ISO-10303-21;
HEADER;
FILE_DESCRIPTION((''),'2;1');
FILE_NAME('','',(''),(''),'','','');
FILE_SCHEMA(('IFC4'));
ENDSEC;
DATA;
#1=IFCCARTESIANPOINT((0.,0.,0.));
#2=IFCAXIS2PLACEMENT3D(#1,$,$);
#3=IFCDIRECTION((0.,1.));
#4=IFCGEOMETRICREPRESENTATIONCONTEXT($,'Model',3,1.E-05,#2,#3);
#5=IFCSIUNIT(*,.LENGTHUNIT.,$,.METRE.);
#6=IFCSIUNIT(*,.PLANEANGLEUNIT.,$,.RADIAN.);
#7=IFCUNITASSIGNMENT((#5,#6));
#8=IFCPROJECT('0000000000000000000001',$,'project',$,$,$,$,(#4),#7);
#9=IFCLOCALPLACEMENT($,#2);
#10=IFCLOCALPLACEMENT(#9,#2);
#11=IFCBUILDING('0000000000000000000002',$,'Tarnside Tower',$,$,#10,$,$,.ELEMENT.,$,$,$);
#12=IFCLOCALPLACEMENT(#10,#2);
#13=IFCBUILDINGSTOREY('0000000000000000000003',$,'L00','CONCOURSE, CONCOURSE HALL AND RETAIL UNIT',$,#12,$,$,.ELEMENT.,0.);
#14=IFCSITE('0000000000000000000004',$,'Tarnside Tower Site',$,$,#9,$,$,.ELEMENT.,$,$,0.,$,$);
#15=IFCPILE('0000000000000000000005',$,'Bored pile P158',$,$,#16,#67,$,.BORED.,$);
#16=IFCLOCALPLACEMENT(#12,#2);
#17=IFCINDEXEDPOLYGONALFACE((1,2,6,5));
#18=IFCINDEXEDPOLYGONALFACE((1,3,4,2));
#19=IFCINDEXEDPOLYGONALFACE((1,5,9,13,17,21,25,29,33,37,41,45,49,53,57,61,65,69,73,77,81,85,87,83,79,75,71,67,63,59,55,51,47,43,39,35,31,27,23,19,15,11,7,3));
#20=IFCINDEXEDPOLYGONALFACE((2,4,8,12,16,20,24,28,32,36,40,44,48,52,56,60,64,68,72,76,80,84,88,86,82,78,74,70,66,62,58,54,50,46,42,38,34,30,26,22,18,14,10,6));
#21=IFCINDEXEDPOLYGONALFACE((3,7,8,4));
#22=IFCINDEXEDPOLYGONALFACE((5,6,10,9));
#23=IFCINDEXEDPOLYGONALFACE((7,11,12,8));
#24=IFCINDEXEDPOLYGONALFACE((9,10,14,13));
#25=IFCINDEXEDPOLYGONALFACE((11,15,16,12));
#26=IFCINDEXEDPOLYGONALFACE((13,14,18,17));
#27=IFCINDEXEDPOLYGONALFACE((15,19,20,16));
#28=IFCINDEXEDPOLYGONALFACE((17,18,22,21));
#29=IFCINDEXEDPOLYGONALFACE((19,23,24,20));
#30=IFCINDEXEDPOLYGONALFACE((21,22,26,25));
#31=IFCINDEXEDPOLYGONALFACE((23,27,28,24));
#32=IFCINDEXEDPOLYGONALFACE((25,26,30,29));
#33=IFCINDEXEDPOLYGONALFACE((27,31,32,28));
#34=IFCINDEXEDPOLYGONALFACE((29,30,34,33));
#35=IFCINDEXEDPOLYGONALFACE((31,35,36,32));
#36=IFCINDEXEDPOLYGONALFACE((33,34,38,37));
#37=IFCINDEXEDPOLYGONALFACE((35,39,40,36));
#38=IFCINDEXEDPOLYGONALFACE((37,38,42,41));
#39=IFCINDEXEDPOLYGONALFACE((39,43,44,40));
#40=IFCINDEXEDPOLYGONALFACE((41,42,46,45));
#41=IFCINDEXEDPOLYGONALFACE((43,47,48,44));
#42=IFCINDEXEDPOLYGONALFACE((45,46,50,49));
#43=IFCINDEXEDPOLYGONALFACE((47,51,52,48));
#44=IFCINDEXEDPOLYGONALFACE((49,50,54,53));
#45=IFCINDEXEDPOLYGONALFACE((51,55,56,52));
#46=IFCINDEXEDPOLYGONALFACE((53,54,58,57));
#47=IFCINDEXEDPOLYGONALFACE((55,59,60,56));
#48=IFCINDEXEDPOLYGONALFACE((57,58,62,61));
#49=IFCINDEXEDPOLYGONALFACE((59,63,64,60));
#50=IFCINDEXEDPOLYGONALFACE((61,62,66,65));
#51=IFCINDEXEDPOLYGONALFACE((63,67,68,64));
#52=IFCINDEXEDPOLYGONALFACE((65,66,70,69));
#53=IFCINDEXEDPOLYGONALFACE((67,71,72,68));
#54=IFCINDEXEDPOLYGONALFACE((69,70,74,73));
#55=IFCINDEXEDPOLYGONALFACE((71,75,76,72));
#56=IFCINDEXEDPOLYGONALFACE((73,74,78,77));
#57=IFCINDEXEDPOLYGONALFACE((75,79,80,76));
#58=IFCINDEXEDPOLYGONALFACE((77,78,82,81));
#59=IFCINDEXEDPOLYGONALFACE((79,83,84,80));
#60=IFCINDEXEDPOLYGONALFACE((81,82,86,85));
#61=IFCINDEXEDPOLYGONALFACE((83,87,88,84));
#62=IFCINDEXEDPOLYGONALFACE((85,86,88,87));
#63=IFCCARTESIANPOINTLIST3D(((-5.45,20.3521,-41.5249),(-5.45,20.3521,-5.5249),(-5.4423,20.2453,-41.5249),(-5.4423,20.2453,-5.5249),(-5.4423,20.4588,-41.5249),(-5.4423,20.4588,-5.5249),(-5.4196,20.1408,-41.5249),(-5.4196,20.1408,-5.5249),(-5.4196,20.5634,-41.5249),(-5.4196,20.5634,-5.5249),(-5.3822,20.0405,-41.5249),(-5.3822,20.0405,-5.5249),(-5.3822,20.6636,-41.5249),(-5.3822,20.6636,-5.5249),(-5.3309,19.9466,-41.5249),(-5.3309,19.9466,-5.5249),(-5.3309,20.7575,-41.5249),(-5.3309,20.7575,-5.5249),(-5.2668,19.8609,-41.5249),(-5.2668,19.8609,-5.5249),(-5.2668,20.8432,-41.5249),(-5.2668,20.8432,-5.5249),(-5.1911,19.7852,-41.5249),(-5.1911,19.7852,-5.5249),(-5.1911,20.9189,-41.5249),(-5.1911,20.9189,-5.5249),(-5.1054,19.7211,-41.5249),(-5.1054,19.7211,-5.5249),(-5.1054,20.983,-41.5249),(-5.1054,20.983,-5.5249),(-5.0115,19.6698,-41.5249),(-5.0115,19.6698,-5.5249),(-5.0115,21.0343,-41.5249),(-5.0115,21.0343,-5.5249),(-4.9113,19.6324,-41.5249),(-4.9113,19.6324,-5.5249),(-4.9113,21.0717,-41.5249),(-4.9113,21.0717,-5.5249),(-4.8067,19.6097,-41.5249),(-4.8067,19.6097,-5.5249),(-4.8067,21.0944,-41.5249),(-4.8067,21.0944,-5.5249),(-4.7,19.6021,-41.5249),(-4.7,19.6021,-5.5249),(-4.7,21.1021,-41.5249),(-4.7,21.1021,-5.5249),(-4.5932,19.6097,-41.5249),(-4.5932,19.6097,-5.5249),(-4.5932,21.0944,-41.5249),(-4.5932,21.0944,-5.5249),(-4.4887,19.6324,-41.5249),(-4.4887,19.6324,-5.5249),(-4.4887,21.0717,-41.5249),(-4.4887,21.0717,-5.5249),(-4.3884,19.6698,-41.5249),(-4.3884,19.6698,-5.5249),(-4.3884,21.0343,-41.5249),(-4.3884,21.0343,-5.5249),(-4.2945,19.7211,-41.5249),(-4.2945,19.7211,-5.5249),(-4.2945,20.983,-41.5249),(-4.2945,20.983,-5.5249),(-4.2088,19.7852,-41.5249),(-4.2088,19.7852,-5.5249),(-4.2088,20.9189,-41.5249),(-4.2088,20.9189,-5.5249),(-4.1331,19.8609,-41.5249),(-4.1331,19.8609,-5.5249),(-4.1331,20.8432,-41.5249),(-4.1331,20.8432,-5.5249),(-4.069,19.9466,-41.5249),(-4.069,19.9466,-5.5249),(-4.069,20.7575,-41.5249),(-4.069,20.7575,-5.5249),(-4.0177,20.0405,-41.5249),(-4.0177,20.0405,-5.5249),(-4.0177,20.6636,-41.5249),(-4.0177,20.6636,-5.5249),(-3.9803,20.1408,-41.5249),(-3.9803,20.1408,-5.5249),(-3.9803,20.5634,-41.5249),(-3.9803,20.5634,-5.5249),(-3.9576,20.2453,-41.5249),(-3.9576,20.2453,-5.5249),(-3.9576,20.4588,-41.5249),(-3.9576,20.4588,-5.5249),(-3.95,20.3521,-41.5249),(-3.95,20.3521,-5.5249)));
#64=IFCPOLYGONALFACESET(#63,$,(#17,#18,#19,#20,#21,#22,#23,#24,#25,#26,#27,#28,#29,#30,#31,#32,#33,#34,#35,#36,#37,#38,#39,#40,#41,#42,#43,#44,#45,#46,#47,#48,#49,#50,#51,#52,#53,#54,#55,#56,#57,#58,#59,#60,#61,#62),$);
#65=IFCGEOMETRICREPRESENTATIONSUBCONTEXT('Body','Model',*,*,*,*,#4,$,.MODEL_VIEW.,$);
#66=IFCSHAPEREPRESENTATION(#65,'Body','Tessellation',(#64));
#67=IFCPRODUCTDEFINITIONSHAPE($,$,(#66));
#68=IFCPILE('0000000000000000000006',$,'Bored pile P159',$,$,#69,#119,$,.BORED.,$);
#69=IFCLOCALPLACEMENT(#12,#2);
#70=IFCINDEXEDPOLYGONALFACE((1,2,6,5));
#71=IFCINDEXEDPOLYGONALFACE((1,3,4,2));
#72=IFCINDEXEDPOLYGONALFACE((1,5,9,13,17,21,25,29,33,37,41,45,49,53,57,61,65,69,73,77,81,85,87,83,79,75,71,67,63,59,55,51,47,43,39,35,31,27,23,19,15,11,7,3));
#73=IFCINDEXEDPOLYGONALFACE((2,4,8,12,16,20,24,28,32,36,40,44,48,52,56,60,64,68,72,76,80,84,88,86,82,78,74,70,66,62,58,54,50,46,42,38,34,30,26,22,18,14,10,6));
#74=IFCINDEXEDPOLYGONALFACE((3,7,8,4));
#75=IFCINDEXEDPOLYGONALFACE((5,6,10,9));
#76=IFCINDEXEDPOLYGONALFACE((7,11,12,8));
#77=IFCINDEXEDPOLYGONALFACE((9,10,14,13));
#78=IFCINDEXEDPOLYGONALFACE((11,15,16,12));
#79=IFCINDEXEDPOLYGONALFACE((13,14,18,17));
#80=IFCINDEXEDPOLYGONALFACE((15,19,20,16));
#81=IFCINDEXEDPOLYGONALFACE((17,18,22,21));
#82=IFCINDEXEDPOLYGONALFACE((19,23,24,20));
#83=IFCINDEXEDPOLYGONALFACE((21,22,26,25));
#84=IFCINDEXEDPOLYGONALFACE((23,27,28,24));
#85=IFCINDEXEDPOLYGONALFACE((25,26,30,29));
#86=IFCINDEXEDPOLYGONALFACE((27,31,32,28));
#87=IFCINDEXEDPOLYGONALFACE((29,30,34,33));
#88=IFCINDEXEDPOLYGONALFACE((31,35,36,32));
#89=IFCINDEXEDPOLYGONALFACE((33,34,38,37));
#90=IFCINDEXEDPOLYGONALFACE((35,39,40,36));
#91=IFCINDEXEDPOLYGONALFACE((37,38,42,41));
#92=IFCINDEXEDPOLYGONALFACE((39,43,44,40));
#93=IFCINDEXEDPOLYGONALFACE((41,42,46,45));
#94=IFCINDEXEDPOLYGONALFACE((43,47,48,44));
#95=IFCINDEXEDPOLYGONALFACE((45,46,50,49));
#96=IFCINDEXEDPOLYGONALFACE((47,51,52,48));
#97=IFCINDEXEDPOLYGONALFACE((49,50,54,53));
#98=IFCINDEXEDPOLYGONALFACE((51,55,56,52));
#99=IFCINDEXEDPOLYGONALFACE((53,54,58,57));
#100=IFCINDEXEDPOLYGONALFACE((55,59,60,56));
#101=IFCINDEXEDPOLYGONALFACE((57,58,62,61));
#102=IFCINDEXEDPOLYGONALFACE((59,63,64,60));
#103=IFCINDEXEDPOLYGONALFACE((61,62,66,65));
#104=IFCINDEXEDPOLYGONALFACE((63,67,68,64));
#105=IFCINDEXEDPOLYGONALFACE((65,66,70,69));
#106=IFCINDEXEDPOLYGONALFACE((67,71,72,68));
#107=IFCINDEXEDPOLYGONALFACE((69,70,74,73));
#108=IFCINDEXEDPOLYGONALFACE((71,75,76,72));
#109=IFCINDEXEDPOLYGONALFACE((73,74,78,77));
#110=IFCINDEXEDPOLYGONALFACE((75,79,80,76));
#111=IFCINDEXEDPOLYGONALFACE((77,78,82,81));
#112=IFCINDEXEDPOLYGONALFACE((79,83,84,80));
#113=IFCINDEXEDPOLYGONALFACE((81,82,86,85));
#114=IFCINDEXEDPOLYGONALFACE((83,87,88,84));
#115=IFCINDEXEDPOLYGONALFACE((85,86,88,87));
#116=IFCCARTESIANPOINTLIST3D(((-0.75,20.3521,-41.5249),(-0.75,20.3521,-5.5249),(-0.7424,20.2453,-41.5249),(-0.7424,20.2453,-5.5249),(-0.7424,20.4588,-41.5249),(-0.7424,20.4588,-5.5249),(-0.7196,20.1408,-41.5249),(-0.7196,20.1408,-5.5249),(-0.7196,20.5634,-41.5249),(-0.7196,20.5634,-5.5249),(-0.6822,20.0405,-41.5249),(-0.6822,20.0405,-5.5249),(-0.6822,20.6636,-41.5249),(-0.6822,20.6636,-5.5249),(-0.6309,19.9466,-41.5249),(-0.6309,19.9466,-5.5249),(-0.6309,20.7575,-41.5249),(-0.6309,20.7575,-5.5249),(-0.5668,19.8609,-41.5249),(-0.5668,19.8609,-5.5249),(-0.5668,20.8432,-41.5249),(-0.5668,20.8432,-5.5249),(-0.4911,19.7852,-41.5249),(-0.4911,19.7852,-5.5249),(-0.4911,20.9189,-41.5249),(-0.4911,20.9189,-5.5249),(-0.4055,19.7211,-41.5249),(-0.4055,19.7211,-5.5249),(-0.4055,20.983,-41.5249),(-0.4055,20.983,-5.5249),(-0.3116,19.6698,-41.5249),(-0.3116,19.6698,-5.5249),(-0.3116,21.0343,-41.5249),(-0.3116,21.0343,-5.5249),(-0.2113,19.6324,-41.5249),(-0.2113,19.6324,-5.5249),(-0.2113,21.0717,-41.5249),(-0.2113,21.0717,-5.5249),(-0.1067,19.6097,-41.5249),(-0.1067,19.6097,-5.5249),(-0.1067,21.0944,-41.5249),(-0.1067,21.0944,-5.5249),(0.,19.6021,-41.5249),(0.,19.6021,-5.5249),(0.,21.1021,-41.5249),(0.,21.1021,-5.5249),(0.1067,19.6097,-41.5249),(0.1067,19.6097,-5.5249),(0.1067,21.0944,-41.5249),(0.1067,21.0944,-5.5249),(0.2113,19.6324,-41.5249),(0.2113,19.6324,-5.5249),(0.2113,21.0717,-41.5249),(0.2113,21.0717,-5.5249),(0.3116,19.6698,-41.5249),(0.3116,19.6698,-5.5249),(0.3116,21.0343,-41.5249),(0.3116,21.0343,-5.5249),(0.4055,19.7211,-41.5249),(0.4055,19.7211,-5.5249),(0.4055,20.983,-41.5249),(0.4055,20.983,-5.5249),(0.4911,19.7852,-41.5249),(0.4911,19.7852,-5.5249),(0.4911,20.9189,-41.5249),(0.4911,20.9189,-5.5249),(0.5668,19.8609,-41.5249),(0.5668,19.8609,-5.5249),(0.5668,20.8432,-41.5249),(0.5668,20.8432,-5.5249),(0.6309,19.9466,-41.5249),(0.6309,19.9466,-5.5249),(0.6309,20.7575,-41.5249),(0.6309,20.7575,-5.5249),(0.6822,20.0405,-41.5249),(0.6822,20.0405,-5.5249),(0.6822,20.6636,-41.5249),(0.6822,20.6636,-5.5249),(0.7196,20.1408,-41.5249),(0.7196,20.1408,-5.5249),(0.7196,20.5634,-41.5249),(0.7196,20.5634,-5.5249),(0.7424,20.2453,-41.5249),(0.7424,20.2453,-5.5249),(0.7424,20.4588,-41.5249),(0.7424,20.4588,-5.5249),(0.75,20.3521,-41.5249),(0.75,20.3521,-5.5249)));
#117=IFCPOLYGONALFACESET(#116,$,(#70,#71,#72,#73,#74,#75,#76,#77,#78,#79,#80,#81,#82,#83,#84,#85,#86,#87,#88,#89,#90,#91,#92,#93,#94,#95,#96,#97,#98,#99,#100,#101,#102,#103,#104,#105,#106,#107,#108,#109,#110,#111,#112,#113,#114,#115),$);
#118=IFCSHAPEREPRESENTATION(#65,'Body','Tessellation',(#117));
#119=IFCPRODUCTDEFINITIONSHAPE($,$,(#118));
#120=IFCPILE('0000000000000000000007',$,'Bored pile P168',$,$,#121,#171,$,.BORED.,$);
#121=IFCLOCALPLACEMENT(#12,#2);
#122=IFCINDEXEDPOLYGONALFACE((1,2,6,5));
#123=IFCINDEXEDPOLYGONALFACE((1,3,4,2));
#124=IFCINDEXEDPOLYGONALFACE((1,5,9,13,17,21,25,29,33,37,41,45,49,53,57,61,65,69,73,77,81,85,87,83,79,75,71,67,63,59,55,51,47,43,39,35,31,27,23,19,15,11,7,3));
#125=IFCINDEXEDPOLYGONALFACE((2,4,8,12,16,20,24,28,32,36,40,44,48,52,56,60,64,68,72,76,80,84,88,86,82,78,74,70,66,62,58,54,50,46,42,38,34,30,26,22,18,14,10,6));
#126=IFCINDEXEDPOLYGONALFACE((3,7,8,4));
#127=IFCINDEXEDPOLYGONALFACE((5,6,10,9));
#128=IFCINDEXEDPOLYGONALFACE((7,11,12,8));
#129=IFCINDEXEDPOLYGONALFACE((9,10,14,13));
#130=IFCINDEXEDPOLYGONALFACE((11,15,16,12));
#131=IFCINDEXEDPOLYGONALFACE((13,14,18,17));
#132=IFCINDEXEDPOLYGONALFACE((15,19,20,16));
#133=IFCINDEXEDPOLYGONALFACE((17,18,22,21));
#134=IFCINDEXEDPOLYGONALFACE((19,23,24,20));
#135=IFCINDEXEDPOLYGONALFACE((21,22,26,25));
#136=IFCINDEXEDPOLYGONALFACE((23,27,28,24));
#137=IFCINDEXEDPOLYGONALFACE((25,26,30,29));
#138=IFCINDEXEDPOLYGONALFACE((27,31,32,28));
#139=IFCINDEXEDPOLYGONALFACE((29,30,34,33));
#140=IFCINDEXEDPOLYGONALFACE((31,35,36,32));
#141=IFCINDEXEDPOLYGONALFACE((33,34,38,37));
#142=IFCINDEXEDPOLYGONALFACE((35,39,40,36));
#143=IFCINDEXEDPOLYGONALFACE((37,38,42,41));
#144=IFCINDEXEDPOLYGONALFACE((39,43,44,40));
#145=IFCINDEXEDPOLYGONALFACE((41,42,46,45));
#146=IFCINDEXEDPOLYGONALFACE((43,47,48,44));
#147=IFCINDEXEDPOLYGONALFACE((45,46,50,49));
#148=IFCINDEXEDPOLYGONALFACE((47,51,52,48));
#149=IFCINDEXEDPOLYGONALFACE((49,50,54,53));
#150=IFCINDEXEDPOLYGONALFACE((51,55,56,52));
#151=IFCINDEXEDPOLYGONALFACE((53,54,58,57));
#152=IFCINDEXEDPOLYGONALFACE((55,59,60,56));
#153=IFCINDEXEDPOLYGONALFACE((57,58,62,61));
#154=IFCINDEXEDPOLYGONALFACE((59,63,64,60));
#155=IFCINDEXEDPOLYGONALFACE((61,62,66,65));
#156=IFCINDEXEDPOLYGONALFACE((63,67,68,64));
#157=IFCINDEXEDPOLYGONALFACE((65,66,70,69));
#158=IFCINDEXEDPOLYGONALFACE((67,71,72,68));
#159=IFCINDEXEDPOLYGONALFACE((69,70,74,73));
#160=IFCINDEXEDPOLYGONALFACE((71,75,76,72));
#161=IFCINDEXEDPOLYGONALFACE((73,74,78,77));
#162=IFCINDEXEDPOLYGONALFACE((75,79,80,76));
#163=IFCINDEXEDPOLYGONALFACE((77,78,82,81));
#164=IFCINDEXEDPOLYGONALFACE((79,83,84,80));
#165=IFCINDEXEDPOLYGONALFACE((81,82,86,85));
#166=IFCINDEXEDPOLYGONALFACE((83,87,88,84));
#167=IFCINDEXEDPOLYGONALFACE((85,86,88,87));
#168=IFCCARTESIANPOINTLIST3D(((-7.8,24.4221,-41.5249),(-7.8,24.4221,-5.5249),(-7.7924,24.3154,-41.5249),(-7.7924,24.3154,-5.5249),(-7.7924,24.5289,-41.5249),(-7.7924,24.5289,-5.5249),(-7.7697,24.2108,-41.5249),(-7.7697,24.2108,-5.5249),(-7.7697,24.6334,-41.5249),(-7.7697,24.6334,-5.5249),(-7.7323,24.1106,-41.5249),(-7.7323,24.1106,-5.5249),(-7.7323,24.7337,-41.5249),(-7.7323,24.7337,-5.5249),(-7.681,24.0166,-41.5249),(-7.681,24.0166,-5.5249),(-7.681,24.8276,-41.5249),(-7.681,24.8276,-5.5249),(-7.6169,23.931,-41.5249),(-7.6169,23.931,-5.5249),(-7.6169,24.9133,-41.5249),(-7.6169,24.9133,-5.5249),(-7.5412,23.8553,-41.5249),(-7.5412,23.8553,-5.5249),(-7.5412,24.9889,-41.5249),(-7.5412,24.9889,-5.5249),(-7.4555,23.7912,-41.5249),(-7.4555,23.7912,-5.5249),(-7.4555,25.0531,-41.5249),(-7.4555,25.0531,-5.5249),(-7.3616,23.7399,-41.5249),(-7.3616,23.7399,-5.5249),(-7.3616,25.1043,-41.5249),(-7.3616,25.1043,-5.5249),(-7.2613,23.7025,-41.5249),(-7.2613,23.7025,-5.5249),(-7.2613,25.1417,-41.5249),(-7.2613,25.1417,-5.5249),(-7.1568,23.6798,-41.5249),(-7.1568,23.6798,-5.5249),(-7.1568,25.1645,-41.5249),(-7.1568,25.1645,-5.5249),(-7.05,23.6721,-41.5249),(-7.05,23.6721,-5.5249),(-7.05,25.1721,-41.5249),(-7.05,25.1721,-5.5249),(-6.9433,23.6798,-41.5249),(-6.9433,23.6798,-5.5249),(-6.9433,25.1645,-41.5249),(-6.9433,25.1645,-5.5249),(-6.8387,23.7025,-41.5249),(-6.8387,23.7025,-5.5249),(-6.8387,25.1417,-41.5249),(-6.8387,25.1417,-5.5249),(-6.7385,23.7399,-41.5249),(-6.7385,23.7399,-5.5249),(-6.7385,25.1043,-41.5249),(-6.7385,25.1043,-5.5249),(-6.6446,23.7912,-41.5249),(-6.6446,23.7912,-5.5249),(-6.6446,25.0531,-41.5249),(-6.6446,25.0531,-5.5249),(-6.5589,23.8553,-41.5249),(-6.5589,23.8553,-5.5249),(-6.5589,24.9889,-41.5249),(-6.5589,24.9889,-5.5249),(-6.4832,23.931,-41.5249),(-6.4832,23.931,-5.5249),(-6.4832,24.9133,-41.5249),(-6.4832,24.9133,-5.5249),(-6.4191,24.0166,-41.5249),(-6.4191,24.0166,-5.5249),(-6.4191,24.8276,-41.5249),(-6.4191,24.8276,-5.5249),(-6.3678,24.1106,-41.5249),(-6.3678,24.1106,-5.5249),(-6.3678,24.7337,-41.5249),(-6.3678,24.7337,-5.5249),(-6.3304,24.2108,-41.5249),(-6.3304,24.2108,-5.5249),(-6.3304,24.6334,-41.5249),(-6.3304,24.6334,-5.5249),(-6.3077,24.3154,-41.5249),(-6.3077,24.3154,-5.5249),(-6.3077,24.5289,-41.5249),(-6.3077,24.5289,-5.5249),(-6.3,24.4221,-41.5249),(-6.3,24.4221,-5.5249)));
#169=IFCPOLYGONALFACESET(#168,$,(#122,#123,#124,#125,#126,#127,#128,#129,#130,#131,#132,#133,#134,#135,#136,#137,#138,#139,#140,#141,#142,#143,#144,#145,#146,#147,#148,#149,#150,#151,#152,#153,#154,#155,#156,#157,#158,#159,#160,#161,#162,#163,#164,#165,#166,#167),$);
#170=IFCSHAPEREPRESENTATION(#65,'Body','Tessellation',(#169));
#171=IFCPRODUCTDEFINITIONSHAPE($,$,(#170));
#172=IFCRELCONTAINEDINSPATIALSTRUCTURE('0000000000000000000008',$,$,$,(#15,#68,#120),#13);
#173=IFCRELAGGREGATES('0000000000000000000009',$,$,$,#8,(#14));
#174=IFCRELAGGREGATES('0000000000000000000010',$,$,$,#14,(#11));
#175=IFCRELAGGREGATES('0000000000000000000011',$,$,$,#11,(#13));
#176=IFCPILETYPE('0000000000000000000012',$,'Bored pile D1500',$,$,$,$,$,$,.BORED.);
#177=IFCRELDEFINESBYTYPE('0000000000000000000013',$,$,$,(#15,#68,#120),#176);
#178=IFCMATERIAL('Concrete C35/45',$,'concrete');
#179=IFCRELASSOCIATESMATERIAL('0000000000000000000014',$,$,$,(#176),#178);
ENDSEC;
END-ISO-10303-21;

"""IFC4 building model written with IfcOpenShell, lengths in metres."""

from ifc_helpers import new_model, si_unit, direction, frame, origin, origin_2d, place, context, subcontext, project, spatial, circle, extrude, material, material_profile, profile_set, type_object, element, save


model = new_model("IFC4")

# Units and contexts
model_context = context("Model", 3, precision=1e-05, world=origin(), true_north=direction((0.0, 1.0)))
body_context = subcontext(model_context, "Body", "Model", "MODEL_VIEW")
ifc_project = project(units=[si_unit("LENGTHUNIT", "METRE"), si_unit("PLANEANGLEUNIT", "RADIAN")], contexts=[model_context])

# Site, building, storey
site_placement = place(None, origin())
site = spatial("IfcSite", under=ifc_project, at=site_placement, Name="Tarnside Tower Site", CompositionType="ELEMENT", RefElevation=0.0)
building_placement = place(site_placement, origin())
building = spatial("IfcBuilding", under=site, at=building_placement, Name="Tarnside Tower", CompositionType="ELEMENT")
storey_placement = place(building_placement, origin())
storey = spatial("IfcBuildingStorey", under=building, at=storey_placement, Name="L00", Description="CONCOURSE, CONCOURSE HALL AND RETAIL UNIT", CompositionType="ELEMENT", Elevation=0.0)

# Piles
ifc_material_1 = material(Name="Concrete C35/45", Category="concrete")
ifc_material_profile_1 = material_profile(ifc_material_1, circle(Radius=0.75, at=origin_2d()), Name="Bored pile D1500")
ifc_profile_set_1 = profile_set([ifc_material_profile_1], Name="Concrete C35/45")
pile_type = type_object("IfcPileType", Name="Bored pile D1500", PredefinedType="BORED", material=ifc_profile_set_1)
for number, where, z_axis, x_axis, name in (
    (1, (-4.7, 20.3521, -5.5249), (0.0, 0.0, -1.0), (1.0, 0.0, 0.0), "Bored pile P158"),
    (2, (0.0, 20.3521, -5.5249), (0.0, 0.0, -1.0), (1.0, 0.0, 0.0), "Bored pile P159"),
    (3, (-7.05, 24.4221, -5.5249), (0.0, 0.0, -1.0), (1.0, 0.0, 0.0), "Bored pile P168"),
):
    element("IfcPile", number, at=place(storey_placement, frame(where, z_axis=z_axis, x_axis=x_axis)), inside=storey, type_object=pile_type, Name=name, PredefinedType="BORED", context=body_context, shape_type="SweptSolid", body=[
        extrude(circle(Radius=0.75, at=origin_2d()), origin(), (0.0, 0.0, 1.0), 36.0),
    ])

save(model, "model.ifc")
